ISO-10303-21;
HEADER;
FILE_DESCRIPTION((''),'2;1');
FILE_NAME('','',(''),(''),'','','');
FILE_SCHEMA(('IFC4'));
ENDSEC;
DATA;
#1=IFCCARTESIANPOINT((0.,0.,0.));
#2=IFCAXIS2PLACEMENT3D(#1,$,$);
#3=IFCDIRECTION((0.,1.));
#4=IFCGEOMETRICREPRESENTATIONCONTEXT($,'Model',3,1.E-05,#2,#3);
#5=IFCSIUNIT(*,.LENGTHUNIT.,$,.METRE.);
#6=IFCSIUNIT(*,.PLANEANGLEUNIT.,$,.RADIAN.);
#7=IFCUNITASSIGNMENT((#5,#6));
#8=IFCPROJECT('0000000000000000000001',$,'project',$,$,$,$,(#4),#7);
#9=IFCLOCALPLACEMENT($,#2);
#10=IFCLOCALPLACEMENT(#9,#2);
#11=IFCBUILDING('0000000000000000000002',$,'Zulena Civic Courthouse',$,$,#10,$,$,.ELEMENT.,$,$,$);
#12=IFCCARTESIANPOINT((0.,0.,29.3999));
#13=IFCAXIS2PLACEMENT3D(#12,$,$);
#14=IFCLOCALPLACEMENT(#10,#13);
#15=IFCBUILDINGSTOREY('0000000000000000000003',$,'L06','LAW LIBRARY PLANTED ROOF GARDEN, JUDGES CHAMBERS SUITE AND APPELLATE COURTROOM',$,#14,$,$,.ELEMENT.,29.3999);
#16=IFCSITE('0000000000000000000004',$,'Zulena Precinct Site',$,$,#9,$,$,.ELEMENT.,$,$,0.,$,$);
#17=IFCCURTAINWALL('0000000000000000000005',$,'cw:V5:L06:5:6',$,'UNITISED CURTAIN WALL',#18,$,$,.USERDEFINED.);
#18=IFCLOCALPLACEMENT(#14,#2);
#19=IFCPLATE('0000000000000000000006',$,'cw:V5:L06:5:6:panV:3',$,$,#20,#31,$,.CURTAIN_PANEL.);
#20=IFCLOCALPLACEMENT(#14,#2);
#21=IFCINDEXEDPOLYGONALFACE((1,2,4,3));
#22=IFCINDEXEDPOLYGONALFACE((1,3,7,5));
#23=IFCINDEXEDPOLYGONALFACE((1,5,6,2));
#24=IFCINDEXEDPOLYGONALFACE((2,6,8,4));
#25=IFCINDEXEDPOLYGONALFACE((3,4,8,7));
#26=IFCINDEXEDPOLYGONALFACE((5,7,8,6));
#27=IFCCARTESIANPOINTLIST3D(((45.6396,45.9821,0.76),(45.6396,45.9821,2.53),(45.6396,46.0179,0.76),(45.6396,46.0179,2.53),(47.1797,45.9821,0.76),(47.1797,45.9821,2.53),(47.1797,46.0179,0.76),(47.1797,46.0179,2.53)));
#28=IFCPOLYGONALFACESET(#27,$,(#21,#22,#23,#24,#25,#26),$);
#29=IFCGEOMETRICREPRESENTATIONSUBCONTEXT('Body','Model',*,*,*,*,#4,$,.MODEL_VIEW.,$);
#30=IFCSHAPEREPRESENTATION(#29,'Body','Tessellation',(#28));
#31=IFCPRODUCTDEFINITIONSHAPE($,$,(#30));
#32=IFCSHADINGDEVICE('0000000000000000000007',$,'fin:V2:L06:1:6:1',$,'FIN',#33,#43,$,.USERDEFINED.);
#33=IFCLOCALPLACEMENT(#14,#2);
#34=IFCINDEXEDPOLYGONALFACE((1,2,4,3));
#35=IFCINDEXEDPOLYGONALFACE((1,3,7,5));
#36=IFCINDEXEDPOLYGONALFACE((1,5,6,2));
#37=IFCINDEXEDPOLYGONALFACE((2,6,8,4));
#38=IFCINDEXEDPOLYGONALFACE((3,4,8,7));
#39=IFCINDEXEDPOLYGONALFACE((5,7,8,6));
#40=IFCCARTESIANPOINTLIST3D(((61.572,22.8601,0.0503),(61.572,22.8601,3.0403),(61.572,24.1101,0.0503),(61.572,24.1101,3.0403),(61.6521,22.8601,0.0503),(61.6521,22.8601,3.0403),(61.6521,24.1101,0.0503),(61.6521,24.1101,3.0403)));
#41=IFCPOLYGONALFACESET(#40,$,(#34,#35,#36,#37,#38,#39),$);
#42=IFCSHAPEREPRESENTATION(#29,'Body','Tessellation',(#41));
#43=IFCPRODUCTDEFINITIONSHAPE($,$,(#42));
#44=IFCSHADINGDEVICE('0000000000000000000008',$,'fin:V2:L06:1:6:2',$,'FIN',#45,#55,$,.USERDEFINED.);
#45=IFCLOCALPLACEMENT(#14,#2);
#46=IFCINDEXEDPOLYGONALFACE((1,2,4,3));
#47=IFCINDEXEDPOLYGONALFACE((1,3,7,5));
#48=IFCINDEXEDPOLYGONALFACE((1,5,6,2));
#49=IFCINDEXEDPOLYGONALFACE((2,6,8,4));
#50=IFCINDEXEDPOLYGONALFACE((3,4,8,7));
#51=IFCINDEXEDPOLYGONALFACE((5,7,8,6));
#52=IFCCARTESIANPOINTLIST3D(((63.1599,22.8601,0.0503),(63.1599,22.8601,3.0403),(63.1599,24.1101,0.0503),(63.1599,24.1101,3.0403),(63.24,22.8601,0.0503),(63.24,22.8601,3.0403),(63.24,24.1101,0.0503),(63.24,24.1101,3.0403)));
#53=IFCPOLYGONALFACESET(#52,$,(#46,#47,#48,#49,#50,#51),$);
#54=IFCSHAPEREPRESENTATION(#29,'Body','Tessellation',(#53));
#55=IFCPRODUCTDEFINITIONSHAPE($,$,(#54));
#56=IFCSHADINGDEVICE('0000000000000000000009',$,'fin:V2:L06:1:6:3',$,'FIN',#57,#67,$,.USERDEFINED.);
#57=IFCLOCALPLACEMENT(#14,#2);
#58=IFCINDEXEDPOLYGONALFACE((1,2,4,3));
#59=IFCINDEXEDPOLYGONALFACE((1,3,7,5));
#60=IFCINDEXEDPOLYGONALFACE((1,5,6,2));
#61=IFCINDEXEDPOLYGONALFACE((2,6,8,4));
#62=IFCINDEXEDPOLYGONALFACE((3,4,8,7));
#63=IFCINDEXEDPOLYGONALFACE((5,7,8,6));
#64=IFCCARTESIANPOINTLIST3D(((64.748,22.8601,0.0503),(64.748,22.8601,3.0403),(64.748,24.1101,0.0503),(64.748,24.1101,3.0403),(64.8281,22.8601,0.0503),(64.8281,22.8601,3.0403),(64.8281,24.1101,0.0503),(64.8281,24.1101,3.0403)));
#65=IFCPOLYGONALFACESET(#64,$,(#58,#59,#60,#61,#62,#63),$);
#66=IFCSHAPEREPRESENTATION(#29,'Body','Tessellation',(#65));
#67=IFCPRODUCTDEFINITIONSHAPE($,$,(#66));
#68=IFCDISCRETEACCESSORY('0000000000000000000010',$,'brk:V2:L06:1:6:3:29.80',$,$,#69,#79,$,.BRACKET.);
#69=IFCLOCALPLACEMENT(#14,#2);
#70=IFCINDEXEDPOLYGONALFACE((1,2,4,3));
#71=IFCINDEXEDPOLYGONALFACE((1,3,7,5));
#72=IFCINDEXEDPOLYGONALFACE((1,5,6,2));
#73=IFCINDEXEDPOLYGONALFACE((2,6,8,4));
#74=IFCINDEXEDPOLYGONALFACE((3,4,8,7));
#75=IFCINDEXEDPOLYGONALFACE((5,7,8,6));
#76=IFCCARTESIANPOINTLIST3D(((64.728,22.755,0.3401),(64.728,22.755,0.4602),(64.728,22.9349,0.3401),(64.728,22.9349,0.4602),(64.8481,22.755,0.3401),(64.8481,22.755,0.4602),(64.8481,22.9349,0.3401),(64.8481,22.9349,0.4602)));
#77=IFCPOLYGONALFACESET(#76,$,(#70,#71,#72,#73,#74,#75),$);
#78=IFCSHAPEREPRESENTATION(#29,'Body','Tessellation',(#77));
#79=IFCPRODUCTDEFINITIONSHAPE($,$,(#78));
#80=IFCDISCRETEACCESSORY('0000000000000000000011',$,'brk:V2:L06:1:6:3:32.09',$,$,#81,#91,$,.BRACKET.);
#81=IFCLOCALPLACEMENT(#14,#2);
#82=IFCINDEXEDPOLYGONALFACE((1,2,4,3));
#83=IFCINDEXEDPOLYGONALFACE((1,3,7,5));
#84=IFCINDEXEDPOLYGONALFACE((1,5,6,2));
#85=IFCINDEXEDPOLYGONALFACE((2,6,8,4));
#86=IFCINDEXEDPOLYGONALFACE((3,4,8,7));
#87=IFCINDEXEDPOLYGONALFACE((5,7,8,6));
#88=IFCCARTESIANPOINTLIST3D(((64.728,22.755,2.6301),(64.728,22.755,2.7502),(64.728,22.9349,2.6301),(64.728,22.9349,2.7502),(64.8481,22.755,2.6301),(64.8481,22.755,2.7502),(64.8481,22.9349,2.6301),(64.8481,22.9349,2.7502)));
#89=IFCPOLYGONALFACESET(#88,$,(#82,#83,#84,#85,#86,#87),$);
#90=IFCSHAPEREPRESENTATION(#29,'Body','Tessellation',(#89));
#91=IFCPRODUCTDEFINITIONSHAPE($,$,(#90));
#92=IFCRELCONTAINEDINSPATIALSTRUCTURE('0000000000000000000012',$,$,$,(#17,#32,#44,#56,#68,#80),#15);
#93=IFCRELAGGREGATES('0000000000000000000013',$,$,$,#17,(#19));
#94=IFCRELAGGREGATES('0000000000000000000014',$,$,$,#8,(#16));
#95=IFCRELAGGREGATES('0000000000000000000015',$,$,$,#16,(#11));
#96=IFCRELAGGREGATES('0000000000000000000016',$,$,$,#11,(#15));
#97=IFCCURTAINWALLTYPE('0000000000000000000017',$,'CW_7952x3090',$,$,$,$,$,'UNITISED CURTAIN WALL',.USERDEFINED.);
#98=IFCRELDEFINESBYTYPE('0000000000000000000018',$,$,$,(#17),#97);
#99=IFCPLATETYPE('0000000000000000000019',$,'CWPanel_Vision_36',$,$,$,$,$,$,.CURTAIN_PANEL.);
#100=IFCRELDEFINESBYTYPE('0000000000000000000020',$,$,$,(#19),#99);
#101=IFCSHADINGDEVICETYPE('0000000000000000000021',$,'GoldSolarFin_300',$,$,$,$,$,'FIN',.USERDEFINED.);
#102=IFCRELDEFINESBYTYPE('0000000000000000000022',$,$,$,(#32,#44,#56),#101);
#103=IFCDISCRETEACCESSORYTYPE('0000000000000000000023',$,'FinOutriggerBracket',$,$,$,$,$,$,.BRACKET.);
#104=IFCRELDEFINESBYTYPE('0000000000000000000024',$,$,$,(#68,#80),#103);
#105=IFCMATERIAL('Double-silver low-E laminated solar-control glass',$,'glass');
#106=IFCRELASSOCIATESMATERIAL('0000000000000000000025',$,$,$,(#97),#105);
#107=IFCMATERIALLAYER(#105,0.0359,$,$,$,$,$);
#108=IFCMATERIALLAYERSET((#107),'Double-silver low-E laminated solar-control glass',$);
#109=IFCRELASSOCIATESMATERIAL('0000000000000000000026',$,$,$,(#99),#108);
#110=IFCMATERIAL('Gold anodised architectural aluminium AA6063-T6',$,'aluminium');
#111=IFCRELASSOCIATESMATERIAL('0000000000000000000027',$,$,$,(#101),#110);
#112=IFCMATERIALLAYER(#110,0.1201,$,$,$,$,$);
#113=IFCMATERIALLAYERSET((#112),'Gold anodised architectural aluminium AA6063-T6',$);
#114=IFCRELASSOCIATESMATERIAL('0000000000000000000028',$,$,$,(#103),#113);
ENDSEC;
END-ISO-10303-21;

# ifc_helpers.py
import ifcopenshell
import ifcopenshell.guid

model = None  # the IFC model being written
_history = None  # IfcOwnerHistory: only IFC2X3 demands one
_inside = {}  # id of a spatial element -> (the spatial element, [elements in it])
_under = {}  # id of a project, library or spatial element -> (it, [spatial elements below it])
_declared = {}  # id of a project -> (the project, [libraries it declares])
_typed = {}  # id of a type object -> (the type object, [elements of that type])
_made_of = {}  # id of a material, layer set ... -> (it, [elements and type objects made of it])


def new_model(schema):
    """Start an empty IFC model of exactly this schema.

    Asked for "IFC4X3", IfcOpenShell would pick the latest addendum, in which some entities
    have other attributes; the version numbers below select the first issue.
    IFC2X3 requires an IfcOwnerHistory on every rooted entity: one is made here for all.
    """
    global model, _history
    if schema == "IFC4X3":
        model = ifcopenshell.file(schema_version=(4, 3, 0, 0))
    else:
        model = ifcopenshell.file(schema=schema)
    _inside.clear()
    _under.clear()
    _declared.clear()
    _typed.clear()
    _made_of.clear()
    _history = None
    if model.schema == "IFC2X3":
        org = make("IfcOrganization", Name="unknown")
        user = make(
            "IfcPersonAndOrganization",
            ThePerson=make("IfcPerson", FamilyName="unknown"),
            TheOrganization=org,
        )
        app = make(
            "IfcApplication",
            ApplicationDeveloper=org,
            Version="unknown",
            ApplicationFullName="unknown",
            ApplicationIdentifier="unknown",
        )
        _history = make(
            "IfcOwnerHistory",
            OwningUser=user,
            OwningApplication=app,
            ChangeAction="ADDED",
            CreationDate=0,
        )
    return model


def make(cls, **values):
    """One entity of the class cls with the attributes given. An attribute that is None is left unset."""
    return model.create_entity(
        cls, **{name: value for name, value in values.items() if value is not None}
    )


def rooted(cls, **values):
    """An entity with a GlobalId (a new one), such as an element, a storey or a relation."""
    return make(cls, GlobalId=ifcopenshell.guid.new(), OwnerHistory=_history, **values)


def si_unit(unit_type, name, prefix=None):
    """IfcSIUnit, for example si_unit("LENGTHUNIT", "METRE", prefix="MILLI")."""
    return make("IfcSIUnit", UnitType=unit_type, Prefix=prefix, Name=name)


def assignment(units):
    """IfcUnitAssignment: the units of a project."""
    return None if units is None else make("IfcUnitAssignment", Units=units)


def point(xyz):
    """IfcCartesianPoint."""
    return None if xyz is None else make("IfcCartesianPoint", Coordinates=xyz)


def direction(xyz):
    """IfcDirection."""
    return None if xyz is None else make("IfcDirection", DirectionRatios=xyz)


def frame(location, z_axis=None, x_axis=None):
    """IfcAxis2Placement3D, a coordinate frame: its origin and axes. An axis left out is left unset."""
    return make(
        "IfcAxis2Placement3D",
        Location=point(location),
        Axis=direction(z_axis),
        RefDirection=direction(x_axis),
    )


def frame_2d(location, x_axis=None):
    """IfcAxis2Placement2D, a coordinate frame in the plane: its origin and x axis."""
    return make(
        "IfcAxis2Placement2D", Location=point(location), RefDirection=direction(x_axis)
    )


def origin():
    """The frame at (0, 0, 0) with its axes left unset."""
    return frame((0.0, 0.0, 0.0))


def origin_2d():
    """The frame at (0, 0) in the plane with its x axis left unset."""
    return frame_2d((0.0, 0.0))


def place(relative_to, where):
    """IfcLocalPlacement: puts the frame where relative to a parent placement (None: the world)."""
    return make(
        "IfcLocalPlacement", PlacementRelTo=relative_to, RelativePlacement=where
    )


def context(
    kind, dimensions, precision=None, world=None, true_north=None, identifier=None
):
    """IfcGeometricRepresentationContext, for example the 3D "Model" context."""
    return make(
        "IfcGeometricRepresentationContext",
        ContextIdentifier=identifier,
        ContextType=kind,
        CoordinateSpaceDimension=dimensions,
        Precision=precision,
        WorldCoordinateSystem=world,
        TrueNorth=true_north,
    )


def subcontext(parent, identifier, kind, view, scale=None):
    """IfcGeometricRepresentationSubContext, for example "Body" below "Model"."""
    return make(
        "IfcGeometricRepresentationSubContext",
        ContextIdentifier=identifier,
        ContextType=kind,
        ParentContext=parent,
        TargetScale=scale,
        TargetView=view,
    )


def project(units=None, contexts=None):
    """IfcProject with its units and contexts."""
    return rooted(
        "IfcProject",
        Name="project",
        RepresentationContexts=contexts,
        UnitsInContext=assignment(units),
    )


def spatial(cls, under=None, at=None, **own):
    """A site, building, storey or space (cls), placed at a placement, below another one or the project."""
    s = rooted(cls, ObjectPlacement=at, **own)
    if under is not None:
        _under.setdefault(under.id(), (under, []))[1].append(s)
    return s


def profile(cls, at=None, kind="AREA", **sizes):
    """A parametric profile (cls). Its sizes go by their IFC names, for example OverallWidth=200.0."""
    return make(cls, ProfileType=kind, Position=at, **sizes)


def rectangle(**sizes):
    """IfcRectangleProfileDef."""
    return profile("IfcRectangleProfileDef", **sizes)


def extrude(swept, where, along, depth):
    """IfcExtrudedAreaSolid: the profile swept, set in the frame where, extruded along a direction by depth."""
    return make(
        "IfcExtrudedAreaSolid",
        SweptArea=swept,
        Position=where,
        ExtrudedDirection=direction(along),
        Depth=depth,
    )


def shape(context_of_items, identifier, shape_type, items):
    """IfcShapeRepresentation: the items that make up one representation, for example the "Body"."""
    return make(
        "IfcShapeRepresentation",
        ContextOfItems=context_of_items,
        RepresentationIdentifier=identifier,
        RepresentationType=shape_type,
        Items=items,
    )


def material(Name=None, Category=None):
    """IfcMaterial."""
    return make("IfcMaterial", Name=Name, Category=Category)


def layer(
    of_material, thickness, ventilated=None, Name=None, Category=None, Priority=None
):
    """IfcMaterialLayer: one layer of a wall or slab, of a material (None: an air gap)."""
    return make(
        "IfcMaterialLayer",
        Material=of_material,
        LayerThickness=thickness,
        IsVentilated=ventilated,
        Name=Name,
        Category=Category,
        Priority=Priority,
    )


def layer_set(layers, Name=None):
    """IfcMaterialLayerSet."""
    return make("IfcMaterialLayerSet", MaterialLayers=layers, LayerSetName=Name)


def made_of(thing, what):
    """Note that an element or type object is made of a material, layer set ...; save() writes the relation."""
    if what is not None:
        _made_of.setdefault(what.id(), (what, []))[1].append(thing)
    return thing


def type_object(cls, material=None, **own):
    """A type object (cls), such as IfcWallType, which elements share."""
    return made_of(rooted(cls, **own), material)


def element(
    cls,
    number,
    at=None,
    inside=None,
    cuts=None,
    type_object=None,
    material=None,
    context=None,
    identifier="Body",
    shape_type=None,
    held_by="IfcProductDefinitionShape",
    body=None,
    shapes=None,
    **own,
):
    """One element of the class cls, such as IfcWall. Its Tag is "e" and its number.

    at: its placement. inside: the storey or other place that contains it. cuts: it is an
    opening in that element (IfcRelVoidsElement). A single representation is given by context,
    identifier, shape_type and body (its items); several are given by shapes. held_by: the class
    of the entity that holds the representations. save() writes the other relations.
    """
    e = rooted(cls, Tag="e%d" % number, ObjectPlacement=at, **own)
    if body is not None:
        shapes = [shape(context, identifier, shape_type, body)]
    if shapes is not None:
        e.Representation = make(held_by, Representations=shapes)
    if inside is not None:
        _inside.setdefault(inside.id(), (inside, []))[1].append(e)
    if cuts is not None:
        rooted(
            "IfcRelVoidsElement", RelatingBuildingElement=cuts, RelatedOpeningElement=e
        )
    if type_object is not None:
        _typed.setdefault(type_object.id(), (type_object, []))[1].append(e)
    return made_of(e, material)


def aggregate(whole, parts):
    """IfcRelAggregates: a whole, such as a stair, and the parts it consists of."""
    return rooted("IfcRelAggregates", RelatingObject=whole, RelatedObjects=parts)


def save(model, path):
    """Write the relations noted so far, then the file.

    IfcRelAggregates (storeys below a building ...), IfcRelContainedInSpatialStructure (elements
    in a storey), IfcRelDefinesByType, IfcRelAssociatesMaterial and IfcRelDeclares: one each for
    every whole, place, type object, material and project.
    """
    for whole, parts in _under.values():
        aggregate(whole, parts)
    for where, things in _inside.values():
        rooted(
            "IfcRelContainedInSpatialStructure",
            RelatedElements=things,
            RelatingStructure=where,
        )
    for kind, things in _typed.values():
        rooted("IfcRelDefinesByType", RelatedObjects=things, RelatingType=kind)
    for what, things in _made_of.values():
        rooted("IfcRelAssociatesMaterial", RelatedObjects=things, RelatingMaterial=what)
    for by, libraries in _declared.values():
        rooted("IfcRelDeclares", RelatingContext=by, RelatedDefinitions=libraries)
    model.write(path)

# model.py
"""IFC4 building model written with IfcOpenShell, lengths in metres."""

from ifc_helpers import new_model, si_unit, direction, frame, origin, origin_2d, place, context, subcontext, project, spatial, rectangle, extrude, material, layer, layer_set, type_object, element, aggregate, save


model = new_model("IFC4")

# Units and contexts
model_context = context("Model", 3, precision=1e-05, world=origin(), true_north=direction((0.0, 1.0)))
body_context = subcontext(model_context, "Body", "Model", "MODEL_VIEW")
ifc_project = project(units=[si_unit("LENGTHUNIT", "METRE"), si_unit("PLANEANGLEUNIT", "RADIAN")], contexts=[model_context])

# Site, building, storey
site_placement = place(None, origin())
site = spatial("IfcSite", under=ifc_project, at=site_placement, Name="Zulena Precinct Site", CompositionType="ELEMENT", RefElevation=0.0)
building_placement = place(site_placement, origin())
building = spatial("IfcBuilding", under=site, at=building_placement, Name="Zulena Civic Courthouse", CompositionType="ELEMENT")
storey_placement = place(building_placement, frame((0.0, 0.0, 29.3999)))
storey = spatial("IfcBuildingStorey", under=building, at=storey_placement, Name="L06", Description="LAW LIBRARY PLANTED ROOF GARDEN, JUDGES CHAMBERS SUITE AND APPELLATE COURTROOM", CompositionType="ELEMENT", Elevation=29.3999)

# Shared definitions
ifc_material_1 = material(Name="Double-silver low-E laminated solar-control glass", Category="glass")
curtain_wall_type = type_object("IfcCurtainWallType", Name="CW_7952x3090", ElementType="UNITISED CURTAIN WALL", PredefinedType="USERDEFINED", material=ifc_material_1)

# Curtain wall
curtain_wall_1_placement = place(storey_placement, origin())
curtain_wall_1 = element("IfcCurtainWall", 1, at=curtain_wall_1_placement, inside=storey, type_object=curtain_wall_type, Name="cw:V5:L06:5:6", ObjectType="UNITISED CURTAIN WALL", PredefinedType="USERDEFINED")

# Plate
ifc_layer_1 = layer(ifc_material_1, 0.0359)
ifc_layer_set_1 = layer_set([ifc_layer_1], Name="Double-silver low-E laminated solar-control glass")
plate_type_1 = type_object("IfcPlateType", Name="CWPanel_Vision_36", PredefinedType="CURTAIN_PANEL", material=ifc_layer_set_1)
plate_1_placement = place(storey_placement, frame((46.4097, 46.0, 0.76), z_axis=(0.0, 0.0, 1.0), x_axis=(-1.0, 0.0, 0.0)))
plate_1 = element("IfcPlate", 2, at=plate_1_placement, type_object=plate_type_1, Name="cw:V5:L06:5:6:panV:3", PredefinedType="CURTAIN_PANEL", context=body_context, shape_type="SweptSolid", body=[
    extrude(rectangle(XDim=1.54, YDim=0.0359, at=origin_2d()), origin(), (0.0, 0.0, 1.0), 1.77),
])
aggregate(curtain_wall_1, [plate_1])

# Shading devices
ifc_material_2 = material(Name="Gold anodised architectural aluminium AA6063-T6", Category="aluminium")
shading_device_type = type_object("IfcShadingDeviceType", Name="GoldSolarFin_300", ElementType="FIN", PredefinedType="USERDEFINED", material=ifc_material_2)
for number, where, z_axis, x_axis, name in (
    (3, (61.6121, 23.4851, 0.0503), (0.0, 0.0, 1.0), (0.0, 1.0, 0.0), "fin:V2:L06:1:6:1"),
    (4, (63.2, 23.4851, 0.0503), (0.0, 0.0, 1.0), (0.0, 1.0, 0.0), "fin:V2:L06:1:6:2"),
    (5, (64.7881, 23.4851, 0.0503), (0.0, 0.0, 1.0), (0.0, 1.0, 0.0), "fin:V2:L06:1:6:3"),
):
    element("IfcShadingDevice", number, at=place(storey_placement, frame(where, z_axis=z_axis, x_axis=x_axis)), inside=storey, type_object=shading_device_type, Name=name, ObjectType="FIN", PredefinedType="USERDEFINED", context=body_context, shape_type="SweptSolid", body=[
        extrude(rectangle(XDim=1.25, YDim=0.0801, at=origin_2d()), origin(), (0.0, 0.0, 1.0), 2.99),
    ])

# Discrete accessories
ifc_layer_2 = layer(ifc_material_2, 0.1201)
ifc_layer_set_2 = layer_set([ifc_layer_2], Name="Gold anodised architectural aluminium AA6063-T6")
discrete_accessory_type = type_object("IfcDiscreteAccessoryType", Name="FinOutriggerBracket", PredefinedType="BRACKET", material=ifc_layer_set_2)
for number, where, z_axis, x_axis, name in (
    (6, (64.7881, 22.845, 0.3401), (0.0, 0.0, 1.0), (0.0, 1.0, 0.0), "brk:V2:L06:1:6:3:29.80"),
    (7, (64.7881, 22.845, 2.6301), (0.0, 0.0, 1.0), (0.0, 1.0, 0.0), "brk:V2:L06:1:6:3:32.09"),
):
    element("IfcDiscreteAccessory", number, at=place(storey_placement, frame(where, z_axis=z_axis, x_axis=x_axis)), inside=storey, type_object=discrete_accessory_type, Name=name, PredefinedType="BRACKET", context=body_context, shape_type="SweptSolid", body=[
        extrude(rectangle(XDim=0.1799, YDim=0.1201, at=origin_2d()), origin(), (0.0, 0.0, 1.0), 0.1201),
    ])

save(model, "model.ifc")
